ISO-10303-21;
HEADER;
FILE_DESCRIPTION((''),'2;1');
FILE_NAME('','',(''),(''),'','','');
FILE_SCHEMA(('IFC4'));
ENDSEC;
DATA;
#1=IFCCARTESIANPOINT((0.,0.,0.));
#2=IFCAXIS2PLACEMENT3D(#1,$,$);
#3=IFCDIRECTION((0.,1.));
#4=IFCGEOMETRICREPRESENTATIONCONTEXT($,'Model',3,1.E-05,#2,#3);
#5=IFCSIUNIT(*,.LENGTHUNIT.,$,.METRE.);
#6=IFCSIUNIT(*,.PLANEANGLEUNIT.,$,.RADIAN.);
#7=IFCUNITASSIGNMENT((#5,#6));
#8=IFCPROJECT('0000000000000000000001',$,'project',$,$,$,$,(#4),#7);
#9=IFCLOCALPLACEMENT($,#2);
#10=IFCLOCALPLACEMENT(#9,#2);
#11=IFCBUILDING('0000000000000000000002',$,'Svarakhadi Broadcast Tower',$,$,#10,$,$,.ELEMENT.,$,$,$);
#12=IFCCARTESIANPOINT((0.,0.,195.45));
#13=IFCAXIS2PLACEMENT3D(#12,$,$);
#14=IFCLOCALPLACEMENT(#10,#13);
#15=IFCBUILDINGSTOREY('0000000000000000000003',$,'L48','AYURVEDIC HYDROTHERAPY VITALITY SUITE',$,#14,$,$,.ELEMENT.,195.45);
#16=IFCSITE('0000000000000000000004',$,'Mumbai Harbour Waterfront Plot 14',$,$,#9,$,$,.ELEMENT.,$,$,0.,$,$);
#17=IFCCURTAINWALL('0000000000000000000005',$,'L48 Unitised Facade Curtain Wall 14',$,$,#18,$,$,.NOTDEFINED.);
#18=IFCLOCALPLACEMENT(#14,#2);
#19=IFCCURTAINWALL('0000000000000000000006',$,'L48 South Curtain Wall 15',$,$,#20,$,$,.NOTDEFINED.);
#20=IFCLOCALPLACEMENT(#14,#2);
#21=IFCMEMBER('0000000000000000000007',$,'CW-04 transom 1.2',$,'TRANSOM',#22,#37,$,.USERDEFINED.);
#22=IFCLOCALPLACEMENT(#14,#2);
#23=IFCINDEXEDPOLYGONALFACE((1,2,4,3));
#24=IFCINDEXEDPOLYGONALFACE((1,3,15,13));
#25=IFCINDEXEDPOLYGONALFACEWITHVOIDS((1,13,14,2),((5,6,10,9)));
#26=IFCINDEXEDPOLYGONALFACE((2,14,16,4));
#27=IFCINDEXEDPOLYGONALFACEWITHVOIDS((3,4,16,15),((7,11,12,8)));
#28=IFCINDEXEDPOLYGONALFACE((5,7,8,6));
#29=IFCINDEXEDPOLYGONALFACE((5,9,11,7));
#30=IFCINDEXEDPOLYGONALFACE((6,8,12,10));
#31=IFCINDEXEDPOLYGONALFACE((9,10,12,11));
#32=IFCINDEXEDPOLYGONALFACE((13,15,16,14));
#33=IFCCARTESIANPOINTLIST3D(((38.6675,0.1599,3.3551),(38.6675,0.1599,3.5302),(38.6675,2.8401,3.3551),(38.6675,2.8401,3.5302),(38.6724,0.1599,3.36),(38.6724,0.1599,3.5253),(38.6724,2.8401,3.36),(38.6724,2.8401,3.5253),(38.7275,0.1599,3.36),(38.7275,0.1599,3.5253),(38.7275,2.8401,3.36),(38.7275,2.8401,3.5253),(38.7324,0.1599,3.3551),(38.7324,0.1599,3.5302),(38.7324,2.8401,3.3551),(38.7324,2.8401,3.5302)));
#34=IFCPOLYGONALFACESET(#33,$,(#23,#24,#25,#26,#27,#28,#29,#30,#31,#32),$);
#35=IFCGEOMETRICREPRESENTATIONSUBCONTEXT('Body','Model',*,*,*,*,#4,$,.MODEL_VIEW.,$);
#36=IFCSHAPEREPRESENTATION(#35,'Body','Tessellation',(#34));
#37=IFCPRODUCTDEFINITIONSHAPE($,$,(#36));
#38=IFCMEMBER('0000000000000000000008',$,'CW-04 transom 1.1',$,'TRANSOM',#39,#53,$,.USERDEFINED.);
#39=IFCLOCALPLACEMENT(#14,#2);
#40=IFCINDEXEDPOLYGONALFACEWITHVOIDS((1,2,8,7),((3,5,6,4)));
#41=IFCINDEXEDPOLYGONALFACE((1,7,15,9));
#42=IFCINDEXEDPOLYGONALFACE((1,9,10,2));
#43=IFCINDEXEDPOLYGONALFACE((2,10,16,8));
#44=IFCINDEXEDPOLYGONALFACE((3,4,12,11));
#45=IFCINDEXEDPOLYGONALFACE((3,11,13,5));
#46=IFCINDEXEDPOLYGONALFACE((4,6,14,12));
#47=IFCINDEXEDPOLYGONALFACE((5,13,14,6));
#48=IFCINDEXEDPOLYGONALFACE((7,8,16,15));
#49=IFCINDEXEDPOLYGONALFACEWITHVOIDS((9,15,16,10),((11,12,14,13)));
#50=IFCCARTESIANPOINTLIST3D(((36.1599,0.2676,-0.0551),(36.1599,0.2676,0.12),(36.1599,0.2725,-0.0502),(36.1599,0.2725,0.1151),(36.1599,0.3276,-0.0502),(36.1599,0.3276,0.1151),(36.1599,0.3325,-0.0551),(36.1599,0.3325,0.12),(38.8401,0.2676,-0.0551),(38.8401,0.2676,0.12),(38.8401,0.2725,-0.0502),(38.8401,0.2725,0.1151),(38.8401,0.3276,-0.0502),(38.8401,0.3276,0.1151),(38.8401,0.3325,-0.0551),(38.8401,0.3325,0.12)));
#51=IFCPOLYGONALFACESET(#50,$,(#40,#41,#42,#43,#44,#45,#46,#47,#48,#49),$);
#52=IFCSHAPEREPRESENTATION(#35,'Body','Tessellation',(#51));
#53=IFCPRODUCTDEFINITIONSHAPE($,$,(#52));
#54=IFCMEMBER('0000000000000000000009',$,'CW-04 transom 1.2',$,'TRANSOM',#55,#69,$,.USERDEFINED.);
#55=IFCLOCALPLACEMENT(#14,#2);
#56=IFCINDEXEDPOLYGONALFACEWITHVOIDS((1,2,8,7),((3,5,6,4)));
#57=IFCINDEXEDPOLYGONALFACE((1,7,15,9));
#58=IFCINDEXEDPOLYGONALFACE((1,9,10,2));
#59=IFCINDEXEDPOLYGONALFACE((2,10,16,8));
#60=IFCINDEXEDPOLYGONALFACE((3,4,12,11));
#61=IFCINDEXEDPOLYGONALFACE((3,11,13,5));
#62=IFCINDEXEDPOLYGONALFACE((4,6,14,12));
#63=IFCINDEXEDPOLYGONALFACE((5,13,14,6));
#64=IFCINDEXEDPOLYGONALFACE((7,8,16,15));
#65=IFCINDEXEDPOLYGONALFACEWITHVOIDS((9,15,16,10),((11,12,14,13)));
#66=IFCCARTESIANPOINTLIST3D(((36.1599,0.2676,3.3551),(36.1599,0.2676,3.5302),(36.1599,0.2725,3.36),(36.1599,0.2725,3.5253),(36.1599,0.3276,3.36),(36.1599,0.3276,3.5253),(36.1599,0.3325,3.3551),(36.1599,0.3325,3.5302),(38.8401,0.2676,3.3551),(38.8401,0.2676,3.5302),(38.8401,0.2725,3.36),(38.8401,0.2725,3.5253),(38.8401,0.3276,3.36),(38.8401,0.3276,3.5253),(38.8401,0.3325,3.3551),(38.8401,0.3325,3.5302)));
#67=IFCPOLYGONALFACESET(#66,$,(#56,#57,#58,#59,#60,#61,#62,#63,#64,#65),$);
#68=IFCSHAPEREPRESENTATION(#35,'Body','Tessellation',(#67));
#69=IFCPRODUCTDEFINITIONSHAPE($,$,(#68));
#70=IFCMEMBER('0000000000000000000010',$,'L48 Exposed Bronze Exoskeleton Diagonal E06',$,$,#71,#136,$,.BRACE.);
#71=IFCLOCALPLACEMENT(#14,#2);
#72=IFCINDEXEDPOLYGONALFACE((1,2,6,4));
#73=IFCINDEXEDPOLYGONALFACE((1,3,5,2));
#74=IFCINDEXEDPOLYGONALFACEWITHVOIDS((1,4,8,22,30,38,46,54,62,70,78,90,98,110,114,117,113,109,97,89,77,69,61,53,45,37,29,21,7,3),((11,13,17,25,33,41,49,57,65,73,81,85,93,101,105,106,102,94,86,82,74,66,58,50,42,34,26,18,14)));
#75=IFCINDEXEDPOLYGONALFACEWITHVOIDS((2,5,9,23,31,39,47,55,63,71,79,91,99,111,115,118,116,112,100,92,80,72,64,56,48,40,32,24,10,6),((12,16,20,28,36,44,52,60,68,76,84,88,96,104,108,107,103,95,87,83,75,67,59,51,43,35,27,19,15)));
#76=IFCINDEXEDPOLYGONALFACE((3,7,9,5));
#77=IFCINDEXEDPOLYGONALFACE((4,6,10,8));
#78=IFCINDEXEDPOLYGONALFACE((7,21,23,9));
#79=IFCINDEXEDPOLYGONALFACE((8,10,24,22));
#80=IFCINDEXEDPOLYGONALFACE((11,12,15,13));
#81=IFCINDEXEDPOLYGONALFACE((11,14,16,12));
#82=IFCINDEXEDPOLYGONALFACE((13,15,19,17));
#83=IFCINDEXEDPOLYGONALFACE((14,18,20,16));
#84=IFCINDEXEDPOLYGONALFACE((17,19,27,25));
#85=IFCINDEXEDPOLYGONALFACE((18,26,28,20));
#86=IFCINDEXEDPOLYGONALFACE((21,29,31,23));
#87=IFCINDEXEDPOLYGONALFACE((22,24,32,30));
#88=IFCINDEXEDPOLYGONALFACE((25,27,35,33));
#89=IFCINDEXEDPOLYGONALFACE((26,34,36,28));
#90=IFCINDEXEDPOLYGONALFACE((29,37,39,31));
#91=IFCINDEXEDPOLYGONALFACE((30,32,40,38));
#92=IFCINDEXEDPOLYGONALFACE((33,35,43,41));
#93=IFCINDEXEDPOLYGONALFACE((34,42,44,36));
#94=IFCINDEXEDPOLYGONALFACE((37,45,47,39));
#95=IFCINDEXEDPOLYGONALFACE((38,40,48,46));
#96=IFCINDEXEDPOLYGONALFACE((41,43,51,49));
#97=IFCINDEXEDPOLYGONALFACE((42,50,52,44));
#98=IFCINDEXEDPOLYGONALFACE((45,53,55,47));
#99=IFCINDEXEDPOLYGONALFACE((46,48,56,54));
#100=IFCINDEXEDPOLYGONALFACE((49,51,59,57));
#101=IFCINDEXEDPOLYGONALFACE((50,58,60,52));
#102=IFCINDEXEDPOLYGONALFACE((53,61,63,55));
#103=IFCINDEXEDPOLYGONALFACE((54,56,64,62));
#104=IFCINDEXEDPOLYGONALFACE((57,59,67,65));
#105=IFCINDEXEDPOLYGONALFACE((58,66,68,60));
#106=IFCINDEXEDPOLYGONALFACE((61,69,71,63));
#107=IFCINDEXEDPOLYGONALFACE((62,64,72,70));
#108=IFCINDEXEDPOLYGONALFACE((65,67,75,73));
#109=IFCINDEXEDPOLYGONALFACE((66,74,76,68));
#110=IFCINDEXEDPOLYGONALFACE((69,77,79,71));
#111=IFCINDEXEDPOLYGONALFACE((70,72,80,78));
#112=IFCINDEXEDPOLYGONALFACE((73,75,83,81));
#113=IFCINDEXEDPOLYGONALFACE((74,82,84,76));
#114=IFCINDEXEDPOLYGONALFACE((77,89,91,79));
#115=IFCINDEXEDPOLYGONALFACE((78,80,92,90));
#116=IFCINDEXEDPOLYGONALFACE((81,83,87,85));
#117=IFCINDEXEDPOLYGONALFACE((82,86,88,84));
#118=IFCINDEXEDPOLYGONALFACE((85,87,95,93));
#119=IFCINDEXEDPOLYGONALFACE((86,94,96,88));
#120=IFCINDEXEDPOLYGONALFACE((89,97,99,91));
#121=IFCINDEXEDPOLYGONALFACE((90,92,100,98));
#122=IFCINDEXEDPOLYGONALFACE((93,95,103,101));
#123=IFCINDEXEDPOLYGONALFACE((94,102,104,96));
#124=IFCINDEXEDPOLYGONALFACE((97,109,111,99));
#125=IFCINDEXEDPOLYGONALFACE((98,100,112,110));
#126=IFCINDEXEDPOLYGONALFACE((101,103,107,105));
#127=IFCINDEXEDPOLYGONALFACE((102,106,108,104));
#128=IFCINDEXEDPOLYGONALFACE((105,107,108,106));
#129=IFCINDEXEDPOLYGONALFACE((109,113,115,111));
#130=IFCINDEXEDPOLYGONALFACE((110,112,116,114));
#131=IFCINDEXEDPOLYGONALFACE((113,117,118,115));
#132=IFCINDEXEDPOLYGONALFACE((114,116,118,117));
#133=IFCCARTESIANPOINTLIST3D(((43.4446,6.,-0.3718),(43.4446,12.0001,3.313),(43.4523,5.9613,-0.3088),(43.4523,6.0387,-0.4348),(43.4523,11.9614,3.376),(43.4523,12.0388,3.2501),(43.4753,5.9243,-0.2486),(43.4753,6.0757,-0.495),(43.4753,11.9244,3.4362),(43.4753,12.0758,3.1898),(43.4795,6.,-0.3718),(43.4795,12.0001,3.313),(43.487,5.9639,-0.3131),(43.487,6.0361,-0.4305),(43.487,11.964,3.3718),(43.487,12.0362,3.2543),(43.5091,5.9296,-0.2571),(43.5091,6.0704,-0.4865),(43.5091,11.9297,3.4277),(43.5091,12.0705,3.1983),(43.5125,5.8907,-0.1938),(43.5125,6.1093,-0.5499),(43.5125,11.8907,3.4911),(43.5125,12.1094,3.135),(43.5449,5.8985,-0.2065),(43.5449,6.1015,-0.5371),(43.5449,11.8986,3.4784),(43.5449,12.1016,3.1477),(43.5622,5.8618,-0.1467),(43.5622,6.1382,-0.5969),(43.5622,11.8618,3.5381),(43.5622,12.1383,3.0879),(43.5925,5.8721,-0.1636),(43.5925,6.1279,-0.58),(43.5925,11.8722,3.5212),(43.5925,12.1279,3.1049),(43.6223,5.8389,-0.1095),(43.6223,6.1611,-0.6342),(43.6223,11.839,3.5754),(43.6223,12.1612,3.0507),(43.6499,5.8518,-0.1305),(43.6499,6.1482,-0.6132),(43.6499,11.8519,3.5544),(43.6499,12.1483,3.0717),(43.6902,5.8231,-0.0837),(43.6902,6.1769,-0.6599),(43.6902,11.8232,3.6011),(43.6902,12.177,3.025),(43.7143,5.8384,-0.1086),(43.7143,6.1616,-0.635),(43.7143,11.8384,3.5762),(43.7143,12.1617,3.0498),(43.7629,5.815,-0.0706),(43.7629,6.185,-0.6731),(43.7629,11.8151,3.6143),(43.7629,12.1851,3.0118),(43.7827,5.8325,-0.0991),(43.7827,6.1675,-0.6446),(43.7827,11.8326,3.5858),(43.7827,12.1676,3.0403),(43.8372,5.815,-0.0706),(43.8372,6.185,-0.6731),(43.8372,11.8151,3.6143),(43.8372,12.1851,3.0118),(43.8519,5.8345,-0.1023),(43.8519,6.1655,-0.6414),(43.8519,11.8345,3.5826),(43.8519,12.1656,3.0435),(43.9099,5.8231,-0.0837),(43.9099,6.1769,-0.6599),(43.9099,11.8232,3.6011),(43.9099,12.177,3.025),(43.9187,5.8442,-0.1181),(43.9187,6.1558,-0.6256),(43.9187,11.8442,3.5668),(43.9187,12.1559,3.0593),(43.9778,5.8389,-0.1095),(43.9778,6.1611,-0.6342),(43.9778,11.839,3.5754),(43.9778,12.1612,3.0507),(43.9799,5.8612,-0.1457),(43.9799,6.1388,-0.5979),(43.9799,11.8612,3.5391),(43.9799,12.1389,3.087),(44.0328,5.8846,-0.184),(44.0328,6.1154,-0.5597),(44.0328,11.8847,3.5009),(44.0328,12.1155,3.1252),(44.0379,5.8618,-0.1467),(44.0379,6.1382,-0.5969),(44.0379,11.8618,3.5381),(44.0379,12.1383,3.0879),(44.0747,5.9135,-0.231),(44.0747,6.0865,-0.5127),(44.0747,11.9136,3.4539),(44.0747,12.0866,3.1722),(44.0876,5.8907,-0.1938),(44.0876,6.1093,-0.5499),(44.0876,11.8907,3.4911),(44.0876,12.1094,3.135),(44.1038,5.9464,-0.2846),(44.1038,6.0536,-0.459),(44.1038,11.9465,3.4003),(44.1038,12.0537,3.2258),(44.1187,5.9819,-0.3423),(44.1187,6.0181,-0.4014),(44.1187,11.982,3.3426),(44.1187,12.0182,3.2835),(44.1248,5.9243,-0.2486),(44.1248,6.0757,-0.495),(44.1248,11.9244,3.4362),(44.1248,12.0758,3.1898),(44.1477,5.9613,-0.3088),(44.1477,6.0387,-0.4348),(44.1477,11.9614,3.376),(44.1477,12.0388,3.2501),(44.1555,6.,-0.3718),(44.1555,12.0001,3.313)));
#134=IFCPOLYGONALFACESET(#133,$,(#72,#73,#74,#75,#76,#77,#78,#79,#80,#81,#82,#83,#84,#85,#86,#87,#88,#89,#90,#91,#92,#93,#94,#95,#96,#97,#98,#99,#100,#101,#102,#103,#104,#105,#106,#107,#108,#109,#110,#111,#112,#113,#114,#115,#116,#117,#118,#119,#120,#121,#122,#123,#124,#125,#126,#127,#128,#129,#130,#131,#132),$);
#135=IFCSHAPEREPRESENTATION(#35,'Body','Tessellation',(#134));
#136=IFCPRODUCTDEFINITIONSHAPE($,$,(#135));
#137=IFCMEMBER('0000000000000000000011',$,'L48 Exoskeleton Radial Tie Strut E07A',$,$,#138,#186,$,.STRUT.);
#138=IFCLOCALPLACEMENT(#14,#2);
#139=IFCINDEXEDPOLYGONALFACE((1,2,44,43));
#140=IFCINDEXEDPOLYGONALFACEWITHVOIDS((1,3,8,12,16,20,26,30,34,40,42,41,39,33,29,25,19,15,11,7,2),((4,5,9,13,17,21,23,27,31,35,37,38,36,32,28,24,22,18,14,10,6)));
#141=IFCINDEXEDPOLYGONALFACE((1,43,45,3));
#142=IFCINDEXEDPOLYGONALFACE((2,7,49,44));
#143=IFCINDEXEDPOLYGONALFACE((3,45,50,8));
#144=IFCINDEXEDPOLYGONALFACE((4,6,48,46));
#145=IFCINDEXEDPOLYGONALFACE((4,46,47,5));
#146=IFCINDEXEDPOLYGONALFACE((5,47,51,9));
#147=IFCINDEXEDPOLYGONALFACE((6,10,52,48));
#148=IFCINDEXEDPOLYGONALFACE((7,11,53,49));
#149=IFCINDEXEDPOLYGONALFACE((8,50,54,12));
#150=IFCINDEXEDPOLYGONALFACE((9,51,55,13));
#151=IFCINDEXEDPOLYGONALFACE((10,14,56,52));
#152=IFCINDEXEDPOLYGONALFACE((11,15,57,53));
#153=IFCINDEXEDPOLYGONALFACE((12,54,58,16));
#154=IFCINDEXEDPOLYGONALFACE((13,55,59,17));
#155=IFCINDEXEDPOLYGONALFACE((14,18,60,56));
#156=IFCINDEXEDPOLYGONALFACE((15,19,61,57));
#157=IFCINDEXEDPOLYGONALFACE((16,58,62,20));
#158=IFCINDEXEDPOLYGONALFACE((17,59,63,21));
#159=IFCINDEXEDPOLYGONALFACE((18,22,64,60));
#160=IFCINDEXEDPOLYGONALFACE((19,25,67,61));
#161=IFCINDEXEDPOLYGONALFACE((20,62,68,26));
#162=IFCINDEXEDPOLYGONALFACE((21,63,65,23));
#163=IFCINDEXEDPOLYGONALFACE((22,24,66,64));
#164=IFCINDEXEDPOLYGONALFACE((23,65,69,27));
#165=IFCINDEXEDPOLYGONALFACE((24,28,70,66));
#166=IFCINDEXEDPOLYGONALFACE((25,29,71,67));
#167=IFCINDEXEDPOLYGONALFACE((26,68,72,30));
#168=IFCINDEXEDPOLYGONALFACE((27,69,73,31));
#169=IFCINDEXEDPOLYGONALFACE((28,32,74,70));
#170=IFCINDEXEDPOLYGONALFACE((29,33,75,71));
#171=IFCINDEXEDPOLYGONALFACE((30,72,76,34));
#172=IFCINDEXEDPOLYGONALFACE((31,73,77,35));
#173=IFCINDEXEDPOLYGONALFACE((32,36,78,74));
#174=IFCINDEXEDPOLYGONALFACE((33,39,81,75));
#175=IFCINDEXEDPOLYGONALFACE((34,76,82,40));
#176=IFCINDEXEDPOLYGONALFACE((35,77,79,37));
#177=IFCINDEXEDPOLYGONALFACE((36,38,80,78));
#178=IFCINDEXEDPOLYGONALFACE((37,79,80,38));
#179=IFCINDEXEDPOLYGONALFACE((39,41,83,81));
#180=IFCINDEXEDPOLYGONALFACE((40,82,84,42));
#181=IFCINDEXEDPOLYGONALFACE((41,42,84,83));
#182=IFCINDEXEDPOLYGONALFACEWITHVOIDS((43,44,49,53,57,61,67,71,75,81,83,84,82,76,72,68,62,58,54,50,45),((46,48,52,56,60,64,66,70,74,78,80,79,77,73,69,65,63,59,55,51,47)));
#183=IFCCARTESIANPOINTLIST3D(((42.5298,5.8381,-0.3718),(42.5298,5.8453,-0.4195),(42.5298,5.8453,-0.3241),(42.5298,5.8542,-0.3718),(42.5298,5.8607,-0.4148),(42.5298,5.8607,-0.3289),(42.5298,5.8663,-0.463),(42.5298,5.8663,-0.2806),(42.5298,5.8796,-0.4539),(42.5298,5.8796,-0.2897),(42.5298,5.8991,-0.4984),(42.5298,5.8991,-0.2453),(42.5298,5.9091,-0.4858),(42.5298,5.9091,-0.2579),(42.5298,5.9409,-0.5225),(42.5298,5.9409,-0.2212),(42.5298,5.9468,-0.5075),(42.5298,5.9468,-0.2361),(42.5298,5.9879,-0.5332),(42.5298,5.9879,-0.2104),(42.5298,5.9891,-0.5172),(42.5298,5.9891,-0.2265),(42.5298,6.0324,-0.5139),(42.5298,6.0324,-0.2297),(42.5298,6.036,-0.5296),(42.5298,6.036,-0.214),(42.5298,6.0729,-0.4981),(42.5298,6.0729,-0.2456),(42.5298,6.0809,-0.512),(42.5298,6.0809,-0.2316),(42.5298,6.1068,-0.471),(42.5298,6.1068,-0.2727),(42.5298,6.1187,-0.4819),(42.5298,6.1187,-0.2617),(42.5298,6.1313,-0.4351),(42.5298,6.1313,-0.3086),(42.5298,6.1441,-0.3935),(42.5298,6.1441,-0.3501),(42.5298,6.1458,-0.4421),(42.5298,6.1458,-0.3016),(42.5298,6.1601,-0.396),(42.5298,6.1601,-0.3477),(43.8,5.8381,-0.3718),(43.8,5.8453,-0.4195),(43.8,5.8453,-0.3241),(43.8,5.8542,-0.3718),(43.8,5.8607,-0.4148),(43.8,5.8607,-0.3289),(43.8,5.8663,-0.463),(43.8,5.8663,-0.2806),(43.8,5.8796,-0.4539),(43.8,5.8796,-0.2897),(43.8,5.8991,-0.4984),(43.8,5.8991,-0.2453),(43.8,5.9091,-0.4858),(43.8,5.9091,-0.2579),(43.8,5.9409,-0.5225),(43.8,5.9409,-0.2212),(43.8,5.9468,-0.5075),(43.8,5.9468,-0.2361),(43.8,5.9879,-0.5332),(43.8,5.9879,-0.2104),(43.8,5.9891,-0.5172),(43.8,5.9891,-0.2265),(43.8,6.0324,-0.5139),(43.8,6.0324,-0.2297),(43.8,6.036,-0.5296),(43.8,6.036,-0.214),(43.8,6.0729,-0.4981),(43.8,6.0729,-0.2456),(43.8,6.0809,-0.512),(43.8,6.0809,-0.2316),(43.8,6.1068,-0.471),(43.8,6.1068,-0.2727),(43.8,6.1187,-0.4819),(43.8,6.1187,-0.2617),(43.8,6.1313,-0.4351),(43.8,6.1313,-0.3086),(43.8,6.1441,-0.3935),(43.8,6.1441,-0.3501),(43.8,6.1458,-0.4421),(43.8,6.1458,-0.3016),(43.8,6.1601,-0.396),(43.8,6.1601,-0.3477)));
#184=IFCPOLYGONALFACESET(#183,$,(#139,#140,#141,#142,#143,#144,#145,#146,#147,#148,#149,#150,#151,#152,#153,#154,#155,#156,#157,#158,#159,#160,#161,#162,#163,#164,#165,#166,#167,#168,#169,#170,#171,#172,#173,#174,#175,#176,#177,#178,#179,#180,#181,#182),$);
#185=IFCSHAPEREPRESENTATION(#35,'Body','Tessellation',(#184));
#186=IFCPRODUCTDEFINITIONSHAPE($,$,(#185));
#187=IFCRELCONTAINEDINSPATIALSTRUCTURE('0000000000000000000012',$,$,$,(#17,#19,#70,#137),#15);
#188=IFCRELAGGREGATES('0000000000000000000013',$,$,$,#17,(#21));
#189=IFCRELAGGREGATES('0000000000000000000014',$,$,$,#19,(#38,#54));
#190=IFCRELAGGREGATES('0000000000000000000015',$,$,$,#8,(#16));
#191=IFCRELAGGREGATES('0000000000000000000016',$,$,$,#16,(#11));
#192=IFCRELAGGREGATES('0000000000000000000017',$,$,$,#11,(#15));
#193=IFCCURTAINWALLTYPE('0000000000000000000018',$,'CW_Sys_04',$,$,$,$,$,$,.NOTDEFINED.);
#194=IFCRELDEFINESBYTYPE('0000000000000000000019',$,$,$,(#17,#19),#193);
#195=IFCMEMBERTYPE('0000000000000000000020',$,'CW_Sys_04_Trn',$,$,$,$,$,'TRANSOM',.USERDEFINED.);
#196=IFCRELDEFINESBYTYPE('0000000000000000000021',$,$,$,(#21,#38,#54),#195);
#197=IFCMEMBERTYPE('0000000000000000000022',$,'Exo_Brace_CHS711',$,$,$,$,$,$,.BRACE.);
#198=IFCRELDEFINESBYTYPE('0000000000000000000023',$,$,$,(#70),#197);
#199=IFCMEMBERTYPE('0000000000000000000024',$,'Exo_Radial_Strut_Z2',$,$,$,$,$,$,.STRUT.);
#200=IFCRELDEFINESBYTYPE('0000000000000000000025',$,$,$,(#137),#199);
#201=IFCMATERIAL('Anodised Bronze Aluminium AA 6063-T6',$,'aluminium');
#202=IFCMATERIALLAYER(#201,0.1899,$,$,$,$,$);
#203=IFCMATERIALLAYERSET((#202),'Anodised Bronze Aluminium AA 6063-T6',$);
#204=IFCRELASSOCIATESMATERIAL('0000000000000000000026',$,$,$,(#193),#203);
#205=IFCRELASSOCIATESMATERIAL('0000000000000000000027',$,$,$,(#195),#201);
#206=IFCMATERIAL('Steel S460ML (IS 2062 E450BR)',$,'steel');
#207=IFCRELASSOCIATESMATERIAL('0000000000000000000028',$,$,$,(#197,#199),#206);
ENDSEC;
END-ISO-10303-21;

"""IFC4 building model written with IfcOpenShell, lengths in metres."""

from ifc_helpers import new_model, si_unit, direction, frame, origin, origin_2d, place, context, subcontext, project, spatial, hollow_rectangle, hollow_circle, extrude, material, layer, layer_set, material_profile, profile_set, type_object, element, aggregate, save


model = new_model("IFC4")

# Units and contexts
model_context = context("Model", 3, precision=1e-05, world=origin(), true_north=direction((0.0, 1.0)))
body_context = subcontext(model_context, "Body", "Model", "MODEL_VIEW")
ifc_project = project(units=[si_unit("LENGTHUNIT", "METRE"), si_unit("PLANEANGLEUNIT", "RADIAN")], contexts=[model_context])

# Site, building, storey
site_placement = place(None, origin())
site = spatial("IfcSite", under=ifc_project, at=site_placement, Name="Mumbai Harbour Waterfront Plot 14", CompositionType="ELEMENT", RefElevation=0.0)
building_placement = place(site_placement, origin())
building = spatial("IfcBuilding", under=site, at=building_placement, Name="Svarakhadi Broadcast Tower", CompositionType="ELEMENT")
storey_placement = place(building_placement, frame((0.0, 0.0, 195.45)))
storey = spatial("IfcBuildingStorey", under=building, at=storey_placement, Name="L48", Description="AYURVEDIC HYDROTHERAPY VITALITY SUITE", CompositionType="ELEMENT", Elevation=195.45)

# Shared definitions
ifc_material_1 = material(Name="Steel S460ML (IS 2062 E450BR)", Category="steel")

# Curtain wall
ifc_material_2 = material(Name="Anodised Bronze Aluminium AA 6063-T6", Category="aluminium")
ifc_layer_1 = layer(ifc_material_2, 0.1899)
ifc_layer_set_1 = layer_set([ifc_layer_1], Name="Anodised Bronze Aluminium AA 6063-T6")
curtain_wall_type = type_object("IfcCurtainWallType", Name="CW_Sys_04", PredefinedType="NOTDEFINED", material=ifc_layer_set_1)
curtain_wall_1_placement = place(storey_placement, origin())
curtain_wall_1 = element("IfcCurtainWall", 1, at=curtain_wall_1_placement, inside=storey, type_object=curtain_wall_type, Name="L48 Unitised Facade Curtain Wall 14", PredefinedType="NOTDEFINED")

# Curtain wall
curtain_wall_2_placement = place(storey_placement, origin())
curtain_wall_2 = element("IfcCurtainWall", 2, at=curtain_wall_2_placement, inside=storey, type_object=curtain_wall_type, Name="L48 South Curtain Wall 15", PredefinedType="NOTDEFINED")

# Members
ifc_material_profile_1 = material_profile(ifc_material_2, hollow_rectangle(XDim=0.0649, YDim=0.175, WallThickness=0.0049, at=origin_2d()), Name="ALU TRANSOM 175x65x5")
ifc_profile_set_1 = profile_set([ifc_material_profile_1], Name="Anodised Bronze Aluminium AA 6063-T6")
member_type_1 = type_object("IfcMemberType", Name="CW_Sys_04_Trn", ElementType="TRANSOM", PredefinedType="USERDEFINED", material=ifc_profile_set_1)
member_1_placement = place(storey_placement, frame((38.7, 2.8401, 3.4426), z_axis=(0.0, -1.0, 0.0), x_axis=(1.0, 0.0, 0.0)))
member_1 = element("IfcMember", 3, at=member_1_placement, type_object=member_type_1, Name="CW-04 transom 1.2", ObjectType="TRANSOM", PredefinedType="USERDEFINED", context=body_context, shape_type="SweptSolid", body=[
    extrude(hollow_rectangle(XDim=0.0649, YDim=0.175, WallThickness=0.0049, at=origin_2d()), origin(), (0.0, 0.0, 1.0), 2.6802),
])
member_2_placement = place(storey_placement, frame((38.8401, 0.3, 0.0325), z_axis=(-1.0, 0.0, 0.0), x_axis=(0.0, -1.0, 0.0)))
member_2 = element("IfcMember", 4, at=member_2_placement, type_object=member_type_1, Name="CW-04 transom 1.1", ObjectType="TRANSOM", PredefinedType="USERDEFINED", context=body_context, shape_type="SweptSolid", body=[
    extrude(hollow_rectangle(XDim=0.0649, YDim=0.175, WallThickness=0.0049, at=origin_2d()), origin(), (0.0, 0.0, 1.0), 2.6802),
])
member_3_placement = place(storey_placement, frame((38.8401, 0.3, 3.4426), z_axis=(-1.0, 0.0, 0.0), x_axis=(0.0, -1.0, 0.0)))
member_3 = element("IfcMember", 5, at=member_3_placement, type_object=member_type_1, Name="CW-04 transom 1.2", ObjectType="TRANSOM", PredefinedType="USERDEFINED", context=body_context, shape_type="SweptSolid", body=[
    extrude(hollow_rectangle(XDim=0.0649, YDim=0.175, WallThickness=0.0049, at=origin_2d()), origin(), (0.0, 0.0, 1.0), 2.6802),
])

# Members
ifc_material_profile_2 = material_profile(ifc_material_1, hollow_circle(Radius=0.3555, WallThickness=0.0349, at=origin_2d()), Name="CHS 711x35")
ifc_profile_set_2 = profile_set([ifc_material_profile_2], Name="Steel S460ML (IS 2062 E450BR)")
member_type_2 = type_object("IfcMemberType", Name="Exo_Brace_CHS711", PredefinedType="BRACE", material=ifc_profile_set_2)
member_4_placement = place(storey_placement, frame((43.8, 6.0, -0.3718), z_axis=(0.0, 0.852133, 0.523325), x_axis=(-1.0, 0.0, 0.0)))
element("IfcMember", 6, at=member_4_placement, inside=storey, type_object=member_type_2, Name="L48 Exposed Bronze Exoskeleton Diagonal E06", PredefinedType="BRACE", context=body_context, shape_type="SweptSolid", body=[
    extrude(hollow_circle(Radius=0.3555, WallThickness=0.0349, at=origin_2d()), origin(), (0.0, 0.0, 1.0), 7.0413),
])
ifc_material_profile_3 = material_profile(ifc_material_1, hollow_circle(Radius=0.1619, WallThickness=0.0161, at=origin_2d()), Name="CHS 323.9x16")
ifc_profile_set_3 = profile_set([ifc_material_profile_3], Name="Steel S460ML (IS 2062 E450BR)")
member_type_3 = type_object("IfcMemberType", Name="Exo_Radial_Strut_Z2", PredefinedType="STRUT", material=ifc_profile_set_3)
member_5_placement = place(storey_placement, frame((43.8, 6.0, -0.3718), z_axis=(-1.0, 0.0, 0.0), x_axis=(0.0, -1.0, 0.0)))
element("IfcMember", 7, at=member_5_placement, inside=storey, type_object=member_type_3, Name="L48 Exoskeleton Radial Tie Strut E07A", PredefinedType="STRUT", context=body_context, shape_type="SweptSolid", body=[
    extrude(hollow_circle(Radius=0.1619, WallThickness=0.0161, at=origin_2d()), origin(), (0.0, 0.0, 1.0), 1.2703),
])

aggregate(curtain_wall_1, [member_1])
aggregate(curtain_wall_2, [member_2, member_3])

save(model, "model.ifc")
